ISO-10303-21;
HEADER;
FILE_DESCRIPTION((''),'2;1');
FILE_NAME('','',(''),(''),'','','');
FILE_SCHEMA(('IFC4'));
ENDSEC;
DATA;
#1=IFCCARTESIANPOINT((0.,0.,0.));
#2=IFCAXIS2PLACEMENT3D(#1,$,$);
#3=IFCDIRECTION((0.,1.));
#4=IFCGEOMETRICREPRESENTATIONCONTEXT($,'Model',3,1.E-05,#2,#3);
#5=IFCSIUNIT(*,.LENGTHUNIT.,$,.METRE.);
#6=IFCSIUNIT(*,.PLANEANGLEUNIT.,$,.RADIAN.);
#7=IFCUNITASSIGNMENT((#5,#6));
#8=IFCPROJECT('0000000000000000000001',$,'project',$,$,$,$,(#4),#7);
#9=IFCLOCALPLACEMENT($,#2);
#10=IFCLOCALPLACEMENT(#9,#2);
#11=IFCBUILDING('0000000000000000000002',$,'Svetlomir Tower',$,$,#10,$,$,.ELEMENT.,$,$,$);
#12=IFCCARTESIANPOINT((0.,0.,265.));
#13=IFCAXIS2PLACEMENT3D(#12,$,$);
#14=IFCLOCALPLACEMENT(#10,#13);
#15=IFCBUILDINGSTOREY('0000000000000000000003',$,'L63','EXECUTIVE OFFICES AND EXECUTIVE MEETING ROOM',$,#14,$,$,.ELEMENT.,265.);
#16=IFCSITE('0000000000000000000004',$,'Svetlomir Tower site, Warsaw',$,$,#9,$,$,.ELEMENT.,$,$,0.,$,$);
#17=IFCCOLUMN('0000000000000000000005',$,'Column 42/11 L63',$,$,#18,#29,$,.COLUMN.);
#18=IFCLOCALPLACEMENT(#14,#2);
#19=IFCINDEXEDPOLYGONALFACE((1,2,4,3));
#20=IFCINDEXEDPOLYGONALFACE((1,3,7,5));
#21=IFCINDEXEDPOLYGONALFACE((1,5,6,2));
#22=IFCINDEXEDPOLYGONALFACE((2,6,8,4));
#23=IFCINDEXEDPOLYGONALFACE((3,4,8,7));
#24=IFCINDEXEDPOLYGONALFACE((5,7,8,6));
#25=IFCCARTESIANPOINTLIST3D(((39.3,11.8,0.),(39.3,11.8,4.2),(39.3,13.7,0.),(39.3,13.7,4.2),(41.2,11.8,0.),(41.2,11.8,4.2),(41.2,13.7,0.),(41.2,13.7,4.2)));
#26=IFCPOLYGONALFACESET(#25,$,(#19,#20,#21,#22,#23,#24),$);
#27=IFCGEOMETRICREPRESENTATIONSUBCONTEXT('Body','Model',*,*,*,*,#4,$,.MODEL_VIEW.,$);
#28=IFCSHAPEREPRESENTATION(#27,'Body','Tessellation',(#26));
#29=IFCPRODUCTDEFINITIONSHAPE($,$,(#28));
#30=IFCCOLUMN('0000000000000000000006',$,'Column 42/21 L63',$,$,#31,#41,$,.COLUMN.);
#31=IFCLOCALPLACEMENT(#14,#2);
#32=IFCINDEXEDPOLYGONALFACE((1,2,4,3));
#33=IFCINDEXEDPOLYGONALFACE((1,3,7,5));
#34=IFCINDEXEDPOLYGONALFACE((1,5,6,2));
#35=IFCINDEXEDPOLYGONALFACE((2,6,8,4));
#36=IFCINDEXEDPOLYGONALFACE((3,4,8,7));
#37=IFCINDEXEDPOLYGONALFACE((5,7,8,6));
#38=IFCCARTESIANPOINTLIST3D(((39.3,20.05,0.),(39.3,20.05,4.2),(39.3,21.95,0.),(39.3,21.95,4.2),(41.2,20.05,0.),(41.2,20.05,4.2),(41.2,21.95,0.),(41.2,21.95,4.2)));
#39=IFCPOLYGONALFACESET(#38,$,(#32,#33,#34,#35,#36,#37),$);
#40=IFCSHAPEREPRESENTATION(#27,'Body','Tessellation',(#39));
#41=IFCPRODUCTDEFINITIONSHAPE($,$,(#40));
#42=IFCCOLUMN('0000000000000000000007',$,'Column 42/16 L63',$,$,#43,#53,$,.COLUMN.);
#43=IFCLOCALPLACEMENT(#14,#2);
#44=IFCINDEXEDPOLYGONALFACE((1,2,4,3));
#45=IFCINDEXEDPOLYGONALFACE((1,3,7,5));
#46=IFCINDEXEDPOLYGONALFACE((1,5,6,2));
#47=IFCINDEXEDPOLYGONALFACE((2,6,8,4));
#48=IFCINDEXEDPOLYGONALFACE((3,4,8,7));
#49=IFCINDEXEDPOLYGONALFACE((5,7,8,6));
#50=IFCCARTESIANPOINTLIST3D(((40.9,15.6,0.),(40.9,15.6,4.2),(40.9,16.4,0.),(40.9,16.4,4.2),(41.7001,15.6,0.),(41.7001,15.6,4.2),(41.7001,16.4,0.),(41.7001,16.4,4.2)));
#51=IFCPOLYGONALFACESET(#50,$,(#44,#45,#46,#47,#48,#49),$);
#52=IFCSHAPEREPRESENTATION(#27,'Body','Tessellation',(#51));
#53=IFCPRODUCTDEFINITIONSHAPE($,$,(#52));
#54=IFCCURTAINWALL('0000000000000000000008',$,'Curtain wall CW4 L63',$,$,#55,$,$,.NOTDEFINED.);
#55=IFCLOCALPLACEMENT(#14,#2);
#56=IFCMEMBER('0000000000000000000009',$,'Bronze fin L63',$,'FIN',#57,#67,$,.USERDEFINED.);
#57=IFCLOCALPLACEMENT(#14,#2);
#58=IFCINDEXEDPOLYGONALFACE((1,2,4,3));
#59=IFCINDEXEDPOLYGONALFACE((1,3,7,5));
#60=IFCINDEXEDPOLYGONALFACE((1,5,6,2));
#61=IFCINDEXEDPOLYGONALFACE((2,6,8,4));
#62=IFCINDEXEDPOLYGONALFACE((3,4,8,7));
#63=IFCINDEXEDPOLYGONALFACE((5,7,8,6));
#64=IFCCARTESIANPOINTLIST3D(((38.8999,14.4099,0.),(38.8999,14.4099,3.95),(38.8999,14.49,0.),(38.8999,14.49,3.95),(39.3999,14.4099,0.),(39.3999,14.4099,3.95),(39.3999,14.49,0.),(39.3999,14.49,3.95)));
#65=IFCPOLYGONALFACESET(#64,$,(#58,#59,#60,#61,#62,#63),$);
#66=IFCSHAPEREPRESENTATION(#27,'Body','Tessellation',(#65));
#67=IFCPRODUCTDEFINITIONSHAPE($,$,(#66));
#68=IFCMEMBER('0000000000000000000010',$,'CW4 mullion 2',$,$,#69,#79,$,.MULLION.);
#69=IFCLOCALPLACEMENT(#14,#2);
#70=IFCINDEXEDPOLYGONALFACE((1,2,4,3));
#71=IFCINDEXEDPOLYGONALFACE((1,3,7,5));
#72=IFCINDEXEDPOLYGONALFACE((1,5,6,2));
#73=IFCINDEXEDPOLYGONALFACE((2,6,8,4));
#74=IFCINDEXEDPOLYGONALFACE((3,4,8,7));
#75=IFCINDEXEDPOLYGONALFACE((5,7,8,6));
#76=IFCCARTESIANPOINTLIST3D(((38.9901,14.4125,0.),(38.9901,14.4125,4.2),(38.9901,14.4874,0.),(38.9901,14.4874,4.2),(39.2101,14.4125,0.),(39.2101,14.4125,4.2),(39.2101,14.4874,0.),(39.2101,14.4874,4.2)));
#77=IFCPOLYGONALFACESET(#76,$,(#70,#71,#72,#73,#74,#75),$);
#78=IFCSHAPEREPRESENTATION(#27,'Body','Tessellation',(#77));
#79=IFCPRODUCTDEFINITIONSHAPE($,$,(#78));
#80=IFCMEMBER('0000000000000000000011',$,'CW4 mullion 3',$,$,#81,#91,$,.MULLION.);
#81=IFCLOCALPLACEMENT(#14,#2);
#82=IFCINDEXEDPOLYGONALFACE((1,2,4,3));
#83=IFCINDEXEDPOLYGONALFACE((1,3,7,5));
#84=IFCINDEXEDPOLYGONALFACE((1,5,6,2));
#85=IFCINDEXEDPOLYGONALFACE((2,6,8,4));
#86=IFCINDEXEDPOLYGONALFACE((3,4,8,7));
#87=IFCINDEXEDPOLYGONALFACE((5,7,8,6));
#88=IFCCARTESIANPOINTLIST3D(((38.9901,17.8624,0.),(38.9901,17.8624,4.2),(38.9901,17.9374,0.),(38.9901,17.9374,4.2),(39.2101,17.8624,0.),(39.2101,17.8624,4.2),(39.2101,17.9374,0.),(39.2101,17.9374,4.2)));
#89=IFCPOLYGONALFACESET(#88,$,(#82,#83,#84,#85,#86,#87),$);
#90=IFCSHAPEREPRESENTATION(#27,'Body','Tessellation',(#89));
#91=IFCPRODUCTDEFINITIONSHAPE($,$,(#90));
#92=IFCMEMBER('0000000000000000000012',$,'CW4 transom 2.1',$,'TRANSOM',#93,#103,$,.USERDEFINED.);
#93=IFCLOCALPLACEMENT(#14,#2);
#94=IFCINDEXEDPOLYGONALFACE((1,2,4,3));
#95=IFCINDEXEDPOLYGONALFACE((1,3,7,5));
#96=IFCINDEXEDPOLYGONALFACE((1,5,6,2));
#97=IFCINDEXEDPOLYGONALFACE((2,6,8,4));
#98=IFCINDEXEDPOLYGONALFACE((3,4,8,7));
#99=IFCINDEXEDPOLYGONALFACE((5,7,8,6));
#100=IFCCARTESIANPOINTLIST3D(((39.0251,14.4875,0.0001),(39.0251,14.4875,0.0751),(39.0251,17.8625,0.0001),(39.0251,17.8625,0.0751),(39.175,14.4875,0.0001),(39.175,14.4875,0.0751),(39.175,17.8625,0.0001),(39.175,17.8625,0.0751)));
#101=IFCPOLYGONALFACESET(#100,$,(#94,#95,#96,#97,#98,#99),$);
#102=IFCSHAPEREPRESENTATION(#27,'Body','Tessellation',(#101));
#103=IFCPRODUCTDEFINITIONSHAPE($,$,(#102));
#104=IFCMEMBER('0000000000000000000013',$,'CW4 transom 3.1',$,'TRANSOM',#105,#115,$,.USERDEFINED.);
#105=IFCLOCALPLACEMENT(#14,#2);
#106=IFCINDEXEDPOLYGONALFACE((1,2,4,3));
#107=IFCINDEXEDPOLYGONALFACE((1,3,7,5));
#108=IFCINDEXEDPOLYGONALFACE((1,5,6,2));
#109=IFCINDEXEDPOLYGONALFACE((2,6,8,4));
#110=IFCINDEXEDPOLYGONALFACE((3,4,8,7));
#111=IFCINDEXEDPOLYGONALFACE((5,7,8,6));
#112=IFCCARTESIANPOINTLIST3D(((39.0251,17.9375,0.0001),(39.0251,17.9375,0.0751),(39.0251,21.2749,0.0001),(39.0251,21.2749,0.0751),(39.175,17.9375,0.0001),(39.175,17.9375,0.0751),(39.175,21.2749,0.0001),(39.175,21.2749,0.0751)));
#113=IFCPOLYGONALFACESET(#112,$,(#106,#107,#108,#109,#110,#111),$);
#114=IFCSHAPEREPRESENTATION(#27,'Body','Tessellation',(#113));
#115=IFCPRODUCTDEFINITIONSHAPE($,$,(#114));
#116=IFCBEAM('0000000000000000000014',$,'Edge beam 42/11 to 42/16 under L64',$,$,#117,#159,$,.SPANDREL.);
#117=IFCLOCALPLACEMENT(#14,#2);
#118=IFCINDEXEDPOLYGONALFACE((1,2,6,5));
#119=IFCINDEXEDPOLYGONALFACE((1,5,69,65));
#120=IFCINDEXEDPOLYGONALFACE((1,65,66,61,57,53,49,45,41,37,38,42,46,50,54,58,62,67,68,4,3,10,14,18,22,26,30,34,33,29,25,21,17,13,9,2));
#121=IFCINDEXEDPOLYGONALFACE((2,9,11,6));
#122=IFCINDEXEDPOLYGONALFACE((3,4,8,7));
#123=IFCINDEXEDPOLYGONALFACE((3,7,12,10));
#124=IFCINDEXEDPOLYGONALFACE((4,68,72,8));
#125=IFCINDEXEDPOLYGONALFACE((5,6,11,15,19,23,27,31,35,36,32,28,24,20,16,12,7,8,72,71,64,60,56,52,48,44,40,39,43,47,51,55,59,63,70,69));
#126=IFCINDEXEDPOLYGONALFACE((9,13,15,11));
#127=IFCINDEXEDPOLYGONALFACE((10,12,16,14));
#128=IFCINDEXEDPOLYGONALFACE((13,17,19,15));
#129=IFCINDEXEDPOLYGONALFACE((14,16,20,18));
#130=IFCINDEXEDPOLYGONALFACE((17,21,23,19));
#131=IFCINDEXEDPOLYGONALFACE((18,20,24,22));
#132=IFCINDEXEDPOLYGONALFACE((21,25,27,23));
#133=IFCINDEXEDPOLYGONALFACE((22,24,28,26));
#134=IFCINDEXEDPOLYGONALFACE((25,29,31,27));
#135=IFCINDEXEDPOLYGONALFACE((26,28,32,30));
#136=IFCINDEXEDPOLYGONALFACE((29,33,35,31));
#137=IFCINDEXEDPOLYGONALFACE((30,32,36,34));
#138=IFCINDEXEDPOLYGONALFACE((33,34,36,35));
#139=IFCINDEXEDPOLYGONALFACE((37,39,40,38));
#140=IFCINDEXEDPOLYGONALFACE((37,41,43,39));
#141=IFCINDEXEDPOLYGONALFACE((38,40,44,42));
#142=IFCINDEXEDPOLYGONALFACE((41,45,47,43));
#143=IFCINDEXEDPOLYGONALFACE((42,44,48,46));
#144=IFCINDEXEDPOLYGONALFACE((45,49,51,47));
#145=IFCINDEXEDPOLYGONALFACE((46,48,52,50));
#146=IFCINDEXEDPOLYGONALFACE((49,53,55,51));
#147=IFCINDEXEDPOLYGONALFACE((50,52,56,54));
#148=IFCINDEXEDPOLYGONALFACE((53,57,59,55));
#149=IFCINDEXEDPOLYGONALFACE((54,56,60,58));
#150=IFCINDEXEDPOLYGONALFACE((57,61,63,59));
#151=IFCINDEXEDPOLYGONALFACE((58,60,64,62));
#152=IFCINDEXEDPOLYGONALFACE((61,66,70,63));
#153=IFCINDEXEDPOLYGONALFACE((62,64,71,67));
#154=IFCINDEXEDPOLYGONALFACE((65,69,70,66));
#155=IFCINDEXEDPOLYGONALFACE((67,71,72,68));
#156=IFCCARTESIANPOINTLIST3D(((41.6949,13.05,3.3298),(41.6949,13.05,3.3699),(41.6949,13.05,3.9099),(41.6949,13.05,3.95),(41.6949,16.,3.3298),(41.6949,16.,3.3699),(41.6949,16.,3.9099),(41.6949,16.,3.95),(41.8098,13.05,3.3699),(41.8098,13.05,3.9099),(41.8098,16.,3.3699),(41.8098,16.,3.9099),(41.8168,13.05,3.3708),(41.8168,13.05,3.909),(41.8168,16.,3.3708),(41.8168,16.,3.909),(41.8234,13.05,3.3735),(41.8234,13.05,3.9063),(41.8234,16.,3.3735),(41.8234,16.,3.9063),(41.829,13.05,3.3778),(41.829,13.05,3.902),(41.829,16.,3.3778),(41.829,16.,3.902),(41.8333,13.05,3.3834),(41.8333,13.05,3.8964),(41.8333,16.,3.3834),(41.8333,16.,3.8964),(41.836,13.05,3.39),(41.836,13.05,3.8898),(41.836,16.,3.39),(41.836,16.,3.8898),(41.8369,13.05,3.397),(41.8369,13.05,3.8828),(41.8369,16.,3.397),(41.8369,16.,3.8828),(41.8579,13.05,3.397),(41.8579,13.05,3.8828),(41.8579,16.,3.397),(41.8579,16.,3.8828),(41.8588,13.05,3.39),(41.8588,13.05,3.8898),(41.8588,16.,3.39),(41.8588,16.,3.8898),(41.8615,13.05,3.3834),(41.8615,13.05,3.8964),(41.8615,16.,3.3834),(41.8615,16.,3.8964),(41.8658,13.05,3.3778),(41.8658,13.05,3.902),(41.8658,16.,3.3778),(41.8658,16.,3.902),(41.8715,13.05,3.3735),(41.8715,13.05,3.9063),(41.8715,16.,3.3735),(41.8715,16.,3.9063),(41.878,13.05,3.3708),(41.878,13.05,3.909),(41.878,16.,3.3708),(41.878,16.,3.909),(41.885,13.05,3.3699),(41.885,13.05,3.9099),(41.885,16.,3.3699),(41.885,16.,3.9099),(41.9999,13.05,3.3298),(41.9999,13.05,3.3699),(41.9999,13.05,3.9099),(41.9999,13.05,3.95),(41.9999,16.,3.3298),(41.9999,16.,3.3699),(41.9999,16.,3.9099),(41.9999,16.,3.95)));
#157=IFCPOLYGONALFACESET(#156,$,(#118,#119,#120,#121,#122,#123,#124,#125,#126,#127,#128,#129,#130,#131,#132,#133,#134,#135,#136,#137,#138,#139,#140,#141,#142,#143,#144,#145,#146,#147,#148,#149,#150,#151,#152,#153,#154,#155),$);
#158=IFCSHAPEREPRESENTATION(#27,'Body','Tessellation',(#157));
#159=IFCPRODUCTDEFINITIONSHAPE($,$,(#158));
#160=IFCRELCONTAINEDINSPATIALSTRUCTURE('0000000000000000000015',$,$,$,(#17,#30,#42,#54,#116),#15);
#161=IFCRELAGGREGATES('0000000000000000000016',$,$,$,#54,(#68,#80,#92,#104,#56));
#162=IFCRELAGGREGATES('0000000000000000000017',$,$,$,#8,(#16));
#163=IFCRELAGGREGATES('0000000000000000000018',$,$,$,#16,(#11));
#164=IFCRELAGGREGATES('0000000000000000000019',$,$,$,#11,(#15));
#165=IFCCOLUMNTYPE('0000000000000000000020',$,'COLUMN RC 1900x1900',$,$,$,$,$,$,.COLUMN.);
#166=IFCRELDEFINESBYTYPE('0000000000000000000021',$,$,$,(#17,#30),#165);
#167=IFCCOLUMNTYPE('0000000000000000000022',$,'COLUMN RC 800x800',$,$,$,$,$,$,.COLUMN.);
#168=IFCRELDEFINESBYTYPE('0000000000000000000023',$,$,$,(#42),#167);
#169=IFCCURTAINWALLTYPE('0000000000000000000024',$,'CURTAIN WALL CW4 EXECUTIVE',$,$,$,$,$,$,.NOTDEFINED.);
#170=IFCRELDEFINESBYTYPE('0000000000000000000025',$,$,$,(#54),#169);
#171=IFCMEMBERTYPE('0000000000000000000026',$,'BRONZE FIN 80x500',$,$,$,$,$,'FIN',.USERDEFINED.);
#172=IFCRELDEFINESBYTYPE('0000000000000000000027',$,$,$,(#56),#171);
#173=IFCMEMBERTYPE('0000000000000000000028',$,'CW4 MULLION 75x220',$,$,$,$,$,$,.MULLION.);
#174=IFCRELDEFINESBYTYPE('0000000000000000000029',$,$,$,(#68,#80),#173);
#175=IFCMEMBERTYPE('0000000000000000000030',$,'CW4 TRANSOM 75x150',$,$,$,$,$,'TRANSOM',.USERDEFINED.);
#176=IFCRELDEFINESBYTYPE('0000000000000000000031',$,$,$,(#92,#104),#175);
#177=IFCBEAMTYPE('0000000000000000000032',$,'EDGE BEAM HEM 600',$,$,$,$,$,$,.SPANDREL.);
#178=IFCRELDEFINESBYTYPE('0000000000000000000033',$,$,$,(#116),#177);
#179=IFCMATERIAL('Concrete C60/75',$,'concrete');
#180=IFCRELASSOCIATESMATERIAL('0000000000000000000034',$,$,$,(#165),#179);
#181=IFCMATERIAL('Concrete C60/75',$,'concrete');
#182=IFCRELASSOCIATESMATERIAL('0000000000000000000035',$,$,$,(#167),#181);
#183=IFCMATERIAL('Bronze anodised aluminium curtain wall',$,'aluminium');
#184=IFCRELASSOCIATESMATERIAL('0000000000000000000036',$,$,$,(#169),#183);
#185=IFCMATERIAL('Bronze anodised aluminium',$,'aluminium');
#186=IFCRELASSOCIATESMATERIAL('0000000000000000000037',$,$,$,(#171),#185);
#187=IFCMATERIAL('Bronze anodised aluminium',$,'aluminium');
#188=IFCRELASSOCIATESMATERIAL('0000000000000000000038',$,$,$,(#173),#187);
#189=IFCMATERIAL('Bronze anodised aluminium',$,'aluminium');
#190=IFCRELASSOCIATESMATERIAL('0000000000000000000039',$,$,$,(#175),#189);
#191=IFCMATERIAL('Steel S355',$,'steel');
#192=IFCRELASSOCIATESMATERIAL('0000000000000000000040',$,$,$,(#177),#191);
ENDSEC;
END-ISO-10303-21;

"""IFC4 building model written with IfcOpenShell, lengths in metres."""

from ifc_helpers import new_model, si_unit, direction, frame, origin, origin_2d, place, context, subcontext, project, spatial, rectangle, i_section, extrude, material, material_profile, profile_set, type_object, element, aggregate, save


model = new_model("IFC4")

# Units and contexts
model_context = context("Model", 3, precision=1e-05, world=origin(), true_north=direction((0.0, 1.0)))
body_context = subcontext(model_context, "Body", "Model", "MODEL_VIEW")
ifc_project = project(units=[si_unit("LENGTHUNIT", "METRE"), si_unit("PLANEANGLEUNIT", "RADIAN")], contexts=[model_context])

# Site, building, storey
site_placement = place(None, origin())
site = spatial("IfcSite", under=ifc_project, at=site_placement, Name="Svetlomir Tower site, Warsaw", CompositionType="ELEMENT", RefElevation=0.0)
building_placement = place(site_placement, origin())
building = spatial("IfcBuilding", under=site, at=building_placement, Name="Svetlomir Tower", CompositionType="ELEMENT")
storey_placement = place(building_placement, frame((0.0, 0.0, 265.0)))
storey = spatial("IfcBuildingStorey", under=building, at=storey_placement, Name="L63", Description="EXECUTIVE OFFICES AND EXECUTIVE MEETING ROOM", CompositionType="ELEMENT", Elevation=265.0)

# Columns
ifc_material_1 = material(Name="Concrete C60/75", Category="concrete")
ifc_material_profile_1 = material_profile(ifc_material_1, rectangle(XDim=1.8999, YDim=1.8999, at=origin_2d()), Name="RC 1900x1900")
ifc_profile_set_1 = profile_set([ifc_material_profile_1], Name="Concrete C60/75")
column_type_1 = type_object("IfcColumnType", Name="COLUMN RC 1900x1900", PredefinedType="COLUMN", material=ifc_profile_set_1)
for number, where, z_axis, x_axis, name in (
    (1, (40.25, 12.75, 0.0), (0.0, 0.0, 1.0), (1.0, 0.0, 0.0), "Column 42/11 L63"),
    (2, (40.25, 21.0, 0.0), (0.0, 0.0, 1.0), (1.0, 0.0, 0.0), "Column 42/21 L63"),
):
    element("IfcColumn", number, at=place(storey_placement, frame(where, z_axis=z_axis, x_axis=x_axis)), inside=storey, type_object=column_type_1, Name=name, PredefinedType="COLUMN", context=body_context, shape_type="SweptSolid", body=[
        extrude(rectangle(XDim=1.8999, YDim=1.8999, at=origin_2d()), origin(), (0.0, 0.0, 1.0), 4.2),
    ])
ifc_material_2 = material(Name="Concrete C60/75", Category="concrete")
ifc_material_profile_2 = material_profile(ifc_material_2, rectangle(XDim=0.8, YDim=0.8, at=origin_2d()), Name="RC 800x800")
ifc_profile_set_2 = profile_set([ifc_material_profile_2], Name="Concrete C60/75")
column_type_2 = type_object("IfcColumnType", Name="COLUMN RC 800x800", PredefinedType="COLUMN", material=ifc_profile_set_2)
column_placement = place(storey_placement, frame((41.3, 16.0, 0.0), z_axis=(0.0, 0.0, 1.0), x_axis=(1.0, 0.0, 0.0)))
element("IfcColumn", 3, at=column_placement, inside=storey, type_object=column_type_2, Name="Column 42/16 L63", PredefinedType="COLUMN", context=body_context, shape_type="SweptSolid", body=[
    extrude(rectangle(XDim=0.8, YDim=0.8, at=origin_2d()), origin(), (0.0, 0.0, 1.0), 4.2),
])

# Curtain wall, members
ifc_material_3 = material(Name="Bronze anodised aluminium curtain wall", Category="aluminium")
curtain_wall_type = type_object("IfcCurtainWallType", Name="CURTAIN WALL CW4 EXECUTIVE", PredefinedType="NOTDEFINED", material=ifc_material_3)
curtain_wall_placement = place(storey_placement, origin())
curtain_wall = element("IfcCurtainWall", 4, at=curtain_wall_placement, inside=storey, type_object=curtain_wall_type, Name="Curtain wall CW4 L63", PredefinedType="NOTDEFINED")
ifc_material_4 = material(Name="Bronze anodised aluminium", Category="aluminium")
ifc_material_profile_3 = material_profile(ifc_material_4, rectangle(XDim=0.0801, YDim=0.5, at=origin_2d()), Name="FIN 80x500")
ifc_profile_set_3 = profile_set([ifc_material_profile_3], Name="Bronze anodised aluminium 6063-T6")
member_type_1 = type_object("IfcMemberType", Name="BRONZE FIN 80x500", ElementType="FIN", PredefinedType="USERDEFINED", material=ifc_profile_set_3)
member_1_placement = place(storey_placement, frame((39.1499, 14.45, 0.0), z_axis=(0.0, 0.0, 1.0), x_axis=(0.0, 1.0, 0.0)))
member_1 = element("IfcMember", 5, at=member_1_placement, type_object=member_type_1, Name="Bronze fin L63", ObjectType="FIN", PredefinedType="USERDEFINED", context=body_context, shape_type="SweptSolid", body=[
    extrude(rectangle(XDim=0.0801, YDim=0.5, at=origin_2d()), origin(), (0.0, 0.0, 1.0), 3.95),
])
ifc_material_5 = material(Name="Bronze anodised aluminium", Category="aluminium")
ifc_material_profile_4 = material_profile(ifc_material_5, rectangle(XDim=0.075, YDim=0.22, at=origin_2d()), Name="AL 75x220")
ifc_profile_set_4 = profile_set([ifc_material_profile_4], Name="Bronze anodised aluminium 6063-T6")
member_type_2 = type_object("IfcMemberType", Name="CW4 MULLION 75x220", PredefinedType="MULLION", material=ifc_profile_set_4)
member_2_placement = place(storey_placement, frame((39.1001, 14.45, 0.0), z_axis=(0.0, 0.0, 1.0), x_axis=(0.0, 1.0, 0.0)))
member_2 = element("IfcMember", 6, at=member_2_placement, type_object=member_type_2, Name="CW4 mullion 2", PredefinedType="MULLION", context=body_context, shape_type="SweptSolid", body=[
    extrude(rectangle(XDim=0.075, YDim=0.22, at=origin_2d()), origin(), (0.0, 0.0, 1.0), 4.2),
])
member_3_placement = place(storey_placement, frame((39.1001, 17.8999, 0.0), z_axis=(0.0, 0.0, 1.0), x_axis=(0.0, 1.0, 0.0)))
member_3 = element("IfcMember", 7, at=member_3_placement, type_object=member_type_2, Name="CW4 mullion 3", PredefinedType="MULLION", context=body_context, shape_type="SweptSolid", body=[
    extrude(rectangle(XDim=0.075, YDim=0.22, at=origin_2d()), origin(), (0.0, 0.0, 1.0), 4.2),
])
ifc_material_6 = material(Name="Bronze anodised aluminium", Category="aluminium")
ifc_material_profile_5 = material_profile(ifc_material_6, rectangle(XDim=0.1499, YDim=0.075, at=origin_2d()), Name="AL 150x75")
ifc_profile_set_5 = profile_set([ifc_material_profile_5], Name="Bronze anodised aluminium 6063-T6")
member_type_3 = type_object("IfcMemberType", Name="CW4 TRANSOM 75x150", ElementType="TRANSOM", PredefinedType="USERDEFINED", material=ifc_profile_set_5)
member_4_placement = place(storey_placement, frame((39.1001, 14.4875, 0.0376), z_axis=(0.0, 1.0, 0.0), x_axis=(-1.0, 0.0, 0.0)))
member_4 = element("IfcMember", 8, at=member_4_placement, type_object=member_type_3, Name="CW4 transom 2.1", ObjectType="TRANSOM", PredefinedType="USERDEFINED", context=body_context, shape_type="SweptSolid", body=[
    extrude(rectangle(XDim=0.1499, YDim=0.075, at=origin_2d()), origin(), (0.0, 0.0, 1.0), 3.375),
])
member_5_placement = place(storey_placement, frame((39.1001, 17.9375, 0.0376), z_axis=(0.0, 1.0, 0.0), x_axis=(-1.0, 0.0, 0.0)))
member_5 = element("IfcMember", 9, at=member_5_placement, type_object=member_type_3, Name="CW4 transom 3.1", ObjectType="TRANSOM", PredefinedType="USERDEFINED", context=body_context, shape_type="SweptSolid", body=[
    extrude(rectangle(XDim=0.1499, YDim=0.075, at=origin_2d()), origin(), (0.0, 0.0, 1.0), 3.3374),
])

# Beam
ifc_material_7 = material(Name="Steel S355", Category="steel")
ifc_material_profile_6 = material_profile(ifc_material_7, i_section(OverallWidth=0.3049, OverallDepth=0.6201, WebThickness=0.021, FlangeThickness=0.04, FilletRadius=0.0271, at=origin_2d()), Name="HEM 600")
ifc_profile_set_6 = profile_set([ifc_material_profile_6], Name="Steel S355")
beam_type_1 = type_object("IfcBeamType", Name="EDGE BEAM HEM 600", PredefinedType="SPANDREL", material=ifc_profile_set_6)
beam_1_placement = place(storey_placement, frame((41.8474, 13.05, 3.6399), z_axis=(0.0, 1.0, 0.0), x_axis=(-1.0, 0.0, 0.0)))
element("IfcBeam", 10, at=beam_1_placement, inside=storey, type_object=beam_type_1, Name="Edge beam 42/11 to 42/16 under L64", PredefinedType="SPANDREL", context=body_context, shape_type="SweptSolid", body=[
    extrude(i_section(OverallWidth=0.3049, OverallDepth=0.6201, WebThickness=0.021, FlangeThickness=0.04, FilletRadius=0.0271, at=origin_2d()), origin(), (0.0, 0.0, 1.0), 2.95),
])

aggregate(curtain_wall, [member_2, member_3, member_4, member_5, member_1])

save(model, "model.ifc")
